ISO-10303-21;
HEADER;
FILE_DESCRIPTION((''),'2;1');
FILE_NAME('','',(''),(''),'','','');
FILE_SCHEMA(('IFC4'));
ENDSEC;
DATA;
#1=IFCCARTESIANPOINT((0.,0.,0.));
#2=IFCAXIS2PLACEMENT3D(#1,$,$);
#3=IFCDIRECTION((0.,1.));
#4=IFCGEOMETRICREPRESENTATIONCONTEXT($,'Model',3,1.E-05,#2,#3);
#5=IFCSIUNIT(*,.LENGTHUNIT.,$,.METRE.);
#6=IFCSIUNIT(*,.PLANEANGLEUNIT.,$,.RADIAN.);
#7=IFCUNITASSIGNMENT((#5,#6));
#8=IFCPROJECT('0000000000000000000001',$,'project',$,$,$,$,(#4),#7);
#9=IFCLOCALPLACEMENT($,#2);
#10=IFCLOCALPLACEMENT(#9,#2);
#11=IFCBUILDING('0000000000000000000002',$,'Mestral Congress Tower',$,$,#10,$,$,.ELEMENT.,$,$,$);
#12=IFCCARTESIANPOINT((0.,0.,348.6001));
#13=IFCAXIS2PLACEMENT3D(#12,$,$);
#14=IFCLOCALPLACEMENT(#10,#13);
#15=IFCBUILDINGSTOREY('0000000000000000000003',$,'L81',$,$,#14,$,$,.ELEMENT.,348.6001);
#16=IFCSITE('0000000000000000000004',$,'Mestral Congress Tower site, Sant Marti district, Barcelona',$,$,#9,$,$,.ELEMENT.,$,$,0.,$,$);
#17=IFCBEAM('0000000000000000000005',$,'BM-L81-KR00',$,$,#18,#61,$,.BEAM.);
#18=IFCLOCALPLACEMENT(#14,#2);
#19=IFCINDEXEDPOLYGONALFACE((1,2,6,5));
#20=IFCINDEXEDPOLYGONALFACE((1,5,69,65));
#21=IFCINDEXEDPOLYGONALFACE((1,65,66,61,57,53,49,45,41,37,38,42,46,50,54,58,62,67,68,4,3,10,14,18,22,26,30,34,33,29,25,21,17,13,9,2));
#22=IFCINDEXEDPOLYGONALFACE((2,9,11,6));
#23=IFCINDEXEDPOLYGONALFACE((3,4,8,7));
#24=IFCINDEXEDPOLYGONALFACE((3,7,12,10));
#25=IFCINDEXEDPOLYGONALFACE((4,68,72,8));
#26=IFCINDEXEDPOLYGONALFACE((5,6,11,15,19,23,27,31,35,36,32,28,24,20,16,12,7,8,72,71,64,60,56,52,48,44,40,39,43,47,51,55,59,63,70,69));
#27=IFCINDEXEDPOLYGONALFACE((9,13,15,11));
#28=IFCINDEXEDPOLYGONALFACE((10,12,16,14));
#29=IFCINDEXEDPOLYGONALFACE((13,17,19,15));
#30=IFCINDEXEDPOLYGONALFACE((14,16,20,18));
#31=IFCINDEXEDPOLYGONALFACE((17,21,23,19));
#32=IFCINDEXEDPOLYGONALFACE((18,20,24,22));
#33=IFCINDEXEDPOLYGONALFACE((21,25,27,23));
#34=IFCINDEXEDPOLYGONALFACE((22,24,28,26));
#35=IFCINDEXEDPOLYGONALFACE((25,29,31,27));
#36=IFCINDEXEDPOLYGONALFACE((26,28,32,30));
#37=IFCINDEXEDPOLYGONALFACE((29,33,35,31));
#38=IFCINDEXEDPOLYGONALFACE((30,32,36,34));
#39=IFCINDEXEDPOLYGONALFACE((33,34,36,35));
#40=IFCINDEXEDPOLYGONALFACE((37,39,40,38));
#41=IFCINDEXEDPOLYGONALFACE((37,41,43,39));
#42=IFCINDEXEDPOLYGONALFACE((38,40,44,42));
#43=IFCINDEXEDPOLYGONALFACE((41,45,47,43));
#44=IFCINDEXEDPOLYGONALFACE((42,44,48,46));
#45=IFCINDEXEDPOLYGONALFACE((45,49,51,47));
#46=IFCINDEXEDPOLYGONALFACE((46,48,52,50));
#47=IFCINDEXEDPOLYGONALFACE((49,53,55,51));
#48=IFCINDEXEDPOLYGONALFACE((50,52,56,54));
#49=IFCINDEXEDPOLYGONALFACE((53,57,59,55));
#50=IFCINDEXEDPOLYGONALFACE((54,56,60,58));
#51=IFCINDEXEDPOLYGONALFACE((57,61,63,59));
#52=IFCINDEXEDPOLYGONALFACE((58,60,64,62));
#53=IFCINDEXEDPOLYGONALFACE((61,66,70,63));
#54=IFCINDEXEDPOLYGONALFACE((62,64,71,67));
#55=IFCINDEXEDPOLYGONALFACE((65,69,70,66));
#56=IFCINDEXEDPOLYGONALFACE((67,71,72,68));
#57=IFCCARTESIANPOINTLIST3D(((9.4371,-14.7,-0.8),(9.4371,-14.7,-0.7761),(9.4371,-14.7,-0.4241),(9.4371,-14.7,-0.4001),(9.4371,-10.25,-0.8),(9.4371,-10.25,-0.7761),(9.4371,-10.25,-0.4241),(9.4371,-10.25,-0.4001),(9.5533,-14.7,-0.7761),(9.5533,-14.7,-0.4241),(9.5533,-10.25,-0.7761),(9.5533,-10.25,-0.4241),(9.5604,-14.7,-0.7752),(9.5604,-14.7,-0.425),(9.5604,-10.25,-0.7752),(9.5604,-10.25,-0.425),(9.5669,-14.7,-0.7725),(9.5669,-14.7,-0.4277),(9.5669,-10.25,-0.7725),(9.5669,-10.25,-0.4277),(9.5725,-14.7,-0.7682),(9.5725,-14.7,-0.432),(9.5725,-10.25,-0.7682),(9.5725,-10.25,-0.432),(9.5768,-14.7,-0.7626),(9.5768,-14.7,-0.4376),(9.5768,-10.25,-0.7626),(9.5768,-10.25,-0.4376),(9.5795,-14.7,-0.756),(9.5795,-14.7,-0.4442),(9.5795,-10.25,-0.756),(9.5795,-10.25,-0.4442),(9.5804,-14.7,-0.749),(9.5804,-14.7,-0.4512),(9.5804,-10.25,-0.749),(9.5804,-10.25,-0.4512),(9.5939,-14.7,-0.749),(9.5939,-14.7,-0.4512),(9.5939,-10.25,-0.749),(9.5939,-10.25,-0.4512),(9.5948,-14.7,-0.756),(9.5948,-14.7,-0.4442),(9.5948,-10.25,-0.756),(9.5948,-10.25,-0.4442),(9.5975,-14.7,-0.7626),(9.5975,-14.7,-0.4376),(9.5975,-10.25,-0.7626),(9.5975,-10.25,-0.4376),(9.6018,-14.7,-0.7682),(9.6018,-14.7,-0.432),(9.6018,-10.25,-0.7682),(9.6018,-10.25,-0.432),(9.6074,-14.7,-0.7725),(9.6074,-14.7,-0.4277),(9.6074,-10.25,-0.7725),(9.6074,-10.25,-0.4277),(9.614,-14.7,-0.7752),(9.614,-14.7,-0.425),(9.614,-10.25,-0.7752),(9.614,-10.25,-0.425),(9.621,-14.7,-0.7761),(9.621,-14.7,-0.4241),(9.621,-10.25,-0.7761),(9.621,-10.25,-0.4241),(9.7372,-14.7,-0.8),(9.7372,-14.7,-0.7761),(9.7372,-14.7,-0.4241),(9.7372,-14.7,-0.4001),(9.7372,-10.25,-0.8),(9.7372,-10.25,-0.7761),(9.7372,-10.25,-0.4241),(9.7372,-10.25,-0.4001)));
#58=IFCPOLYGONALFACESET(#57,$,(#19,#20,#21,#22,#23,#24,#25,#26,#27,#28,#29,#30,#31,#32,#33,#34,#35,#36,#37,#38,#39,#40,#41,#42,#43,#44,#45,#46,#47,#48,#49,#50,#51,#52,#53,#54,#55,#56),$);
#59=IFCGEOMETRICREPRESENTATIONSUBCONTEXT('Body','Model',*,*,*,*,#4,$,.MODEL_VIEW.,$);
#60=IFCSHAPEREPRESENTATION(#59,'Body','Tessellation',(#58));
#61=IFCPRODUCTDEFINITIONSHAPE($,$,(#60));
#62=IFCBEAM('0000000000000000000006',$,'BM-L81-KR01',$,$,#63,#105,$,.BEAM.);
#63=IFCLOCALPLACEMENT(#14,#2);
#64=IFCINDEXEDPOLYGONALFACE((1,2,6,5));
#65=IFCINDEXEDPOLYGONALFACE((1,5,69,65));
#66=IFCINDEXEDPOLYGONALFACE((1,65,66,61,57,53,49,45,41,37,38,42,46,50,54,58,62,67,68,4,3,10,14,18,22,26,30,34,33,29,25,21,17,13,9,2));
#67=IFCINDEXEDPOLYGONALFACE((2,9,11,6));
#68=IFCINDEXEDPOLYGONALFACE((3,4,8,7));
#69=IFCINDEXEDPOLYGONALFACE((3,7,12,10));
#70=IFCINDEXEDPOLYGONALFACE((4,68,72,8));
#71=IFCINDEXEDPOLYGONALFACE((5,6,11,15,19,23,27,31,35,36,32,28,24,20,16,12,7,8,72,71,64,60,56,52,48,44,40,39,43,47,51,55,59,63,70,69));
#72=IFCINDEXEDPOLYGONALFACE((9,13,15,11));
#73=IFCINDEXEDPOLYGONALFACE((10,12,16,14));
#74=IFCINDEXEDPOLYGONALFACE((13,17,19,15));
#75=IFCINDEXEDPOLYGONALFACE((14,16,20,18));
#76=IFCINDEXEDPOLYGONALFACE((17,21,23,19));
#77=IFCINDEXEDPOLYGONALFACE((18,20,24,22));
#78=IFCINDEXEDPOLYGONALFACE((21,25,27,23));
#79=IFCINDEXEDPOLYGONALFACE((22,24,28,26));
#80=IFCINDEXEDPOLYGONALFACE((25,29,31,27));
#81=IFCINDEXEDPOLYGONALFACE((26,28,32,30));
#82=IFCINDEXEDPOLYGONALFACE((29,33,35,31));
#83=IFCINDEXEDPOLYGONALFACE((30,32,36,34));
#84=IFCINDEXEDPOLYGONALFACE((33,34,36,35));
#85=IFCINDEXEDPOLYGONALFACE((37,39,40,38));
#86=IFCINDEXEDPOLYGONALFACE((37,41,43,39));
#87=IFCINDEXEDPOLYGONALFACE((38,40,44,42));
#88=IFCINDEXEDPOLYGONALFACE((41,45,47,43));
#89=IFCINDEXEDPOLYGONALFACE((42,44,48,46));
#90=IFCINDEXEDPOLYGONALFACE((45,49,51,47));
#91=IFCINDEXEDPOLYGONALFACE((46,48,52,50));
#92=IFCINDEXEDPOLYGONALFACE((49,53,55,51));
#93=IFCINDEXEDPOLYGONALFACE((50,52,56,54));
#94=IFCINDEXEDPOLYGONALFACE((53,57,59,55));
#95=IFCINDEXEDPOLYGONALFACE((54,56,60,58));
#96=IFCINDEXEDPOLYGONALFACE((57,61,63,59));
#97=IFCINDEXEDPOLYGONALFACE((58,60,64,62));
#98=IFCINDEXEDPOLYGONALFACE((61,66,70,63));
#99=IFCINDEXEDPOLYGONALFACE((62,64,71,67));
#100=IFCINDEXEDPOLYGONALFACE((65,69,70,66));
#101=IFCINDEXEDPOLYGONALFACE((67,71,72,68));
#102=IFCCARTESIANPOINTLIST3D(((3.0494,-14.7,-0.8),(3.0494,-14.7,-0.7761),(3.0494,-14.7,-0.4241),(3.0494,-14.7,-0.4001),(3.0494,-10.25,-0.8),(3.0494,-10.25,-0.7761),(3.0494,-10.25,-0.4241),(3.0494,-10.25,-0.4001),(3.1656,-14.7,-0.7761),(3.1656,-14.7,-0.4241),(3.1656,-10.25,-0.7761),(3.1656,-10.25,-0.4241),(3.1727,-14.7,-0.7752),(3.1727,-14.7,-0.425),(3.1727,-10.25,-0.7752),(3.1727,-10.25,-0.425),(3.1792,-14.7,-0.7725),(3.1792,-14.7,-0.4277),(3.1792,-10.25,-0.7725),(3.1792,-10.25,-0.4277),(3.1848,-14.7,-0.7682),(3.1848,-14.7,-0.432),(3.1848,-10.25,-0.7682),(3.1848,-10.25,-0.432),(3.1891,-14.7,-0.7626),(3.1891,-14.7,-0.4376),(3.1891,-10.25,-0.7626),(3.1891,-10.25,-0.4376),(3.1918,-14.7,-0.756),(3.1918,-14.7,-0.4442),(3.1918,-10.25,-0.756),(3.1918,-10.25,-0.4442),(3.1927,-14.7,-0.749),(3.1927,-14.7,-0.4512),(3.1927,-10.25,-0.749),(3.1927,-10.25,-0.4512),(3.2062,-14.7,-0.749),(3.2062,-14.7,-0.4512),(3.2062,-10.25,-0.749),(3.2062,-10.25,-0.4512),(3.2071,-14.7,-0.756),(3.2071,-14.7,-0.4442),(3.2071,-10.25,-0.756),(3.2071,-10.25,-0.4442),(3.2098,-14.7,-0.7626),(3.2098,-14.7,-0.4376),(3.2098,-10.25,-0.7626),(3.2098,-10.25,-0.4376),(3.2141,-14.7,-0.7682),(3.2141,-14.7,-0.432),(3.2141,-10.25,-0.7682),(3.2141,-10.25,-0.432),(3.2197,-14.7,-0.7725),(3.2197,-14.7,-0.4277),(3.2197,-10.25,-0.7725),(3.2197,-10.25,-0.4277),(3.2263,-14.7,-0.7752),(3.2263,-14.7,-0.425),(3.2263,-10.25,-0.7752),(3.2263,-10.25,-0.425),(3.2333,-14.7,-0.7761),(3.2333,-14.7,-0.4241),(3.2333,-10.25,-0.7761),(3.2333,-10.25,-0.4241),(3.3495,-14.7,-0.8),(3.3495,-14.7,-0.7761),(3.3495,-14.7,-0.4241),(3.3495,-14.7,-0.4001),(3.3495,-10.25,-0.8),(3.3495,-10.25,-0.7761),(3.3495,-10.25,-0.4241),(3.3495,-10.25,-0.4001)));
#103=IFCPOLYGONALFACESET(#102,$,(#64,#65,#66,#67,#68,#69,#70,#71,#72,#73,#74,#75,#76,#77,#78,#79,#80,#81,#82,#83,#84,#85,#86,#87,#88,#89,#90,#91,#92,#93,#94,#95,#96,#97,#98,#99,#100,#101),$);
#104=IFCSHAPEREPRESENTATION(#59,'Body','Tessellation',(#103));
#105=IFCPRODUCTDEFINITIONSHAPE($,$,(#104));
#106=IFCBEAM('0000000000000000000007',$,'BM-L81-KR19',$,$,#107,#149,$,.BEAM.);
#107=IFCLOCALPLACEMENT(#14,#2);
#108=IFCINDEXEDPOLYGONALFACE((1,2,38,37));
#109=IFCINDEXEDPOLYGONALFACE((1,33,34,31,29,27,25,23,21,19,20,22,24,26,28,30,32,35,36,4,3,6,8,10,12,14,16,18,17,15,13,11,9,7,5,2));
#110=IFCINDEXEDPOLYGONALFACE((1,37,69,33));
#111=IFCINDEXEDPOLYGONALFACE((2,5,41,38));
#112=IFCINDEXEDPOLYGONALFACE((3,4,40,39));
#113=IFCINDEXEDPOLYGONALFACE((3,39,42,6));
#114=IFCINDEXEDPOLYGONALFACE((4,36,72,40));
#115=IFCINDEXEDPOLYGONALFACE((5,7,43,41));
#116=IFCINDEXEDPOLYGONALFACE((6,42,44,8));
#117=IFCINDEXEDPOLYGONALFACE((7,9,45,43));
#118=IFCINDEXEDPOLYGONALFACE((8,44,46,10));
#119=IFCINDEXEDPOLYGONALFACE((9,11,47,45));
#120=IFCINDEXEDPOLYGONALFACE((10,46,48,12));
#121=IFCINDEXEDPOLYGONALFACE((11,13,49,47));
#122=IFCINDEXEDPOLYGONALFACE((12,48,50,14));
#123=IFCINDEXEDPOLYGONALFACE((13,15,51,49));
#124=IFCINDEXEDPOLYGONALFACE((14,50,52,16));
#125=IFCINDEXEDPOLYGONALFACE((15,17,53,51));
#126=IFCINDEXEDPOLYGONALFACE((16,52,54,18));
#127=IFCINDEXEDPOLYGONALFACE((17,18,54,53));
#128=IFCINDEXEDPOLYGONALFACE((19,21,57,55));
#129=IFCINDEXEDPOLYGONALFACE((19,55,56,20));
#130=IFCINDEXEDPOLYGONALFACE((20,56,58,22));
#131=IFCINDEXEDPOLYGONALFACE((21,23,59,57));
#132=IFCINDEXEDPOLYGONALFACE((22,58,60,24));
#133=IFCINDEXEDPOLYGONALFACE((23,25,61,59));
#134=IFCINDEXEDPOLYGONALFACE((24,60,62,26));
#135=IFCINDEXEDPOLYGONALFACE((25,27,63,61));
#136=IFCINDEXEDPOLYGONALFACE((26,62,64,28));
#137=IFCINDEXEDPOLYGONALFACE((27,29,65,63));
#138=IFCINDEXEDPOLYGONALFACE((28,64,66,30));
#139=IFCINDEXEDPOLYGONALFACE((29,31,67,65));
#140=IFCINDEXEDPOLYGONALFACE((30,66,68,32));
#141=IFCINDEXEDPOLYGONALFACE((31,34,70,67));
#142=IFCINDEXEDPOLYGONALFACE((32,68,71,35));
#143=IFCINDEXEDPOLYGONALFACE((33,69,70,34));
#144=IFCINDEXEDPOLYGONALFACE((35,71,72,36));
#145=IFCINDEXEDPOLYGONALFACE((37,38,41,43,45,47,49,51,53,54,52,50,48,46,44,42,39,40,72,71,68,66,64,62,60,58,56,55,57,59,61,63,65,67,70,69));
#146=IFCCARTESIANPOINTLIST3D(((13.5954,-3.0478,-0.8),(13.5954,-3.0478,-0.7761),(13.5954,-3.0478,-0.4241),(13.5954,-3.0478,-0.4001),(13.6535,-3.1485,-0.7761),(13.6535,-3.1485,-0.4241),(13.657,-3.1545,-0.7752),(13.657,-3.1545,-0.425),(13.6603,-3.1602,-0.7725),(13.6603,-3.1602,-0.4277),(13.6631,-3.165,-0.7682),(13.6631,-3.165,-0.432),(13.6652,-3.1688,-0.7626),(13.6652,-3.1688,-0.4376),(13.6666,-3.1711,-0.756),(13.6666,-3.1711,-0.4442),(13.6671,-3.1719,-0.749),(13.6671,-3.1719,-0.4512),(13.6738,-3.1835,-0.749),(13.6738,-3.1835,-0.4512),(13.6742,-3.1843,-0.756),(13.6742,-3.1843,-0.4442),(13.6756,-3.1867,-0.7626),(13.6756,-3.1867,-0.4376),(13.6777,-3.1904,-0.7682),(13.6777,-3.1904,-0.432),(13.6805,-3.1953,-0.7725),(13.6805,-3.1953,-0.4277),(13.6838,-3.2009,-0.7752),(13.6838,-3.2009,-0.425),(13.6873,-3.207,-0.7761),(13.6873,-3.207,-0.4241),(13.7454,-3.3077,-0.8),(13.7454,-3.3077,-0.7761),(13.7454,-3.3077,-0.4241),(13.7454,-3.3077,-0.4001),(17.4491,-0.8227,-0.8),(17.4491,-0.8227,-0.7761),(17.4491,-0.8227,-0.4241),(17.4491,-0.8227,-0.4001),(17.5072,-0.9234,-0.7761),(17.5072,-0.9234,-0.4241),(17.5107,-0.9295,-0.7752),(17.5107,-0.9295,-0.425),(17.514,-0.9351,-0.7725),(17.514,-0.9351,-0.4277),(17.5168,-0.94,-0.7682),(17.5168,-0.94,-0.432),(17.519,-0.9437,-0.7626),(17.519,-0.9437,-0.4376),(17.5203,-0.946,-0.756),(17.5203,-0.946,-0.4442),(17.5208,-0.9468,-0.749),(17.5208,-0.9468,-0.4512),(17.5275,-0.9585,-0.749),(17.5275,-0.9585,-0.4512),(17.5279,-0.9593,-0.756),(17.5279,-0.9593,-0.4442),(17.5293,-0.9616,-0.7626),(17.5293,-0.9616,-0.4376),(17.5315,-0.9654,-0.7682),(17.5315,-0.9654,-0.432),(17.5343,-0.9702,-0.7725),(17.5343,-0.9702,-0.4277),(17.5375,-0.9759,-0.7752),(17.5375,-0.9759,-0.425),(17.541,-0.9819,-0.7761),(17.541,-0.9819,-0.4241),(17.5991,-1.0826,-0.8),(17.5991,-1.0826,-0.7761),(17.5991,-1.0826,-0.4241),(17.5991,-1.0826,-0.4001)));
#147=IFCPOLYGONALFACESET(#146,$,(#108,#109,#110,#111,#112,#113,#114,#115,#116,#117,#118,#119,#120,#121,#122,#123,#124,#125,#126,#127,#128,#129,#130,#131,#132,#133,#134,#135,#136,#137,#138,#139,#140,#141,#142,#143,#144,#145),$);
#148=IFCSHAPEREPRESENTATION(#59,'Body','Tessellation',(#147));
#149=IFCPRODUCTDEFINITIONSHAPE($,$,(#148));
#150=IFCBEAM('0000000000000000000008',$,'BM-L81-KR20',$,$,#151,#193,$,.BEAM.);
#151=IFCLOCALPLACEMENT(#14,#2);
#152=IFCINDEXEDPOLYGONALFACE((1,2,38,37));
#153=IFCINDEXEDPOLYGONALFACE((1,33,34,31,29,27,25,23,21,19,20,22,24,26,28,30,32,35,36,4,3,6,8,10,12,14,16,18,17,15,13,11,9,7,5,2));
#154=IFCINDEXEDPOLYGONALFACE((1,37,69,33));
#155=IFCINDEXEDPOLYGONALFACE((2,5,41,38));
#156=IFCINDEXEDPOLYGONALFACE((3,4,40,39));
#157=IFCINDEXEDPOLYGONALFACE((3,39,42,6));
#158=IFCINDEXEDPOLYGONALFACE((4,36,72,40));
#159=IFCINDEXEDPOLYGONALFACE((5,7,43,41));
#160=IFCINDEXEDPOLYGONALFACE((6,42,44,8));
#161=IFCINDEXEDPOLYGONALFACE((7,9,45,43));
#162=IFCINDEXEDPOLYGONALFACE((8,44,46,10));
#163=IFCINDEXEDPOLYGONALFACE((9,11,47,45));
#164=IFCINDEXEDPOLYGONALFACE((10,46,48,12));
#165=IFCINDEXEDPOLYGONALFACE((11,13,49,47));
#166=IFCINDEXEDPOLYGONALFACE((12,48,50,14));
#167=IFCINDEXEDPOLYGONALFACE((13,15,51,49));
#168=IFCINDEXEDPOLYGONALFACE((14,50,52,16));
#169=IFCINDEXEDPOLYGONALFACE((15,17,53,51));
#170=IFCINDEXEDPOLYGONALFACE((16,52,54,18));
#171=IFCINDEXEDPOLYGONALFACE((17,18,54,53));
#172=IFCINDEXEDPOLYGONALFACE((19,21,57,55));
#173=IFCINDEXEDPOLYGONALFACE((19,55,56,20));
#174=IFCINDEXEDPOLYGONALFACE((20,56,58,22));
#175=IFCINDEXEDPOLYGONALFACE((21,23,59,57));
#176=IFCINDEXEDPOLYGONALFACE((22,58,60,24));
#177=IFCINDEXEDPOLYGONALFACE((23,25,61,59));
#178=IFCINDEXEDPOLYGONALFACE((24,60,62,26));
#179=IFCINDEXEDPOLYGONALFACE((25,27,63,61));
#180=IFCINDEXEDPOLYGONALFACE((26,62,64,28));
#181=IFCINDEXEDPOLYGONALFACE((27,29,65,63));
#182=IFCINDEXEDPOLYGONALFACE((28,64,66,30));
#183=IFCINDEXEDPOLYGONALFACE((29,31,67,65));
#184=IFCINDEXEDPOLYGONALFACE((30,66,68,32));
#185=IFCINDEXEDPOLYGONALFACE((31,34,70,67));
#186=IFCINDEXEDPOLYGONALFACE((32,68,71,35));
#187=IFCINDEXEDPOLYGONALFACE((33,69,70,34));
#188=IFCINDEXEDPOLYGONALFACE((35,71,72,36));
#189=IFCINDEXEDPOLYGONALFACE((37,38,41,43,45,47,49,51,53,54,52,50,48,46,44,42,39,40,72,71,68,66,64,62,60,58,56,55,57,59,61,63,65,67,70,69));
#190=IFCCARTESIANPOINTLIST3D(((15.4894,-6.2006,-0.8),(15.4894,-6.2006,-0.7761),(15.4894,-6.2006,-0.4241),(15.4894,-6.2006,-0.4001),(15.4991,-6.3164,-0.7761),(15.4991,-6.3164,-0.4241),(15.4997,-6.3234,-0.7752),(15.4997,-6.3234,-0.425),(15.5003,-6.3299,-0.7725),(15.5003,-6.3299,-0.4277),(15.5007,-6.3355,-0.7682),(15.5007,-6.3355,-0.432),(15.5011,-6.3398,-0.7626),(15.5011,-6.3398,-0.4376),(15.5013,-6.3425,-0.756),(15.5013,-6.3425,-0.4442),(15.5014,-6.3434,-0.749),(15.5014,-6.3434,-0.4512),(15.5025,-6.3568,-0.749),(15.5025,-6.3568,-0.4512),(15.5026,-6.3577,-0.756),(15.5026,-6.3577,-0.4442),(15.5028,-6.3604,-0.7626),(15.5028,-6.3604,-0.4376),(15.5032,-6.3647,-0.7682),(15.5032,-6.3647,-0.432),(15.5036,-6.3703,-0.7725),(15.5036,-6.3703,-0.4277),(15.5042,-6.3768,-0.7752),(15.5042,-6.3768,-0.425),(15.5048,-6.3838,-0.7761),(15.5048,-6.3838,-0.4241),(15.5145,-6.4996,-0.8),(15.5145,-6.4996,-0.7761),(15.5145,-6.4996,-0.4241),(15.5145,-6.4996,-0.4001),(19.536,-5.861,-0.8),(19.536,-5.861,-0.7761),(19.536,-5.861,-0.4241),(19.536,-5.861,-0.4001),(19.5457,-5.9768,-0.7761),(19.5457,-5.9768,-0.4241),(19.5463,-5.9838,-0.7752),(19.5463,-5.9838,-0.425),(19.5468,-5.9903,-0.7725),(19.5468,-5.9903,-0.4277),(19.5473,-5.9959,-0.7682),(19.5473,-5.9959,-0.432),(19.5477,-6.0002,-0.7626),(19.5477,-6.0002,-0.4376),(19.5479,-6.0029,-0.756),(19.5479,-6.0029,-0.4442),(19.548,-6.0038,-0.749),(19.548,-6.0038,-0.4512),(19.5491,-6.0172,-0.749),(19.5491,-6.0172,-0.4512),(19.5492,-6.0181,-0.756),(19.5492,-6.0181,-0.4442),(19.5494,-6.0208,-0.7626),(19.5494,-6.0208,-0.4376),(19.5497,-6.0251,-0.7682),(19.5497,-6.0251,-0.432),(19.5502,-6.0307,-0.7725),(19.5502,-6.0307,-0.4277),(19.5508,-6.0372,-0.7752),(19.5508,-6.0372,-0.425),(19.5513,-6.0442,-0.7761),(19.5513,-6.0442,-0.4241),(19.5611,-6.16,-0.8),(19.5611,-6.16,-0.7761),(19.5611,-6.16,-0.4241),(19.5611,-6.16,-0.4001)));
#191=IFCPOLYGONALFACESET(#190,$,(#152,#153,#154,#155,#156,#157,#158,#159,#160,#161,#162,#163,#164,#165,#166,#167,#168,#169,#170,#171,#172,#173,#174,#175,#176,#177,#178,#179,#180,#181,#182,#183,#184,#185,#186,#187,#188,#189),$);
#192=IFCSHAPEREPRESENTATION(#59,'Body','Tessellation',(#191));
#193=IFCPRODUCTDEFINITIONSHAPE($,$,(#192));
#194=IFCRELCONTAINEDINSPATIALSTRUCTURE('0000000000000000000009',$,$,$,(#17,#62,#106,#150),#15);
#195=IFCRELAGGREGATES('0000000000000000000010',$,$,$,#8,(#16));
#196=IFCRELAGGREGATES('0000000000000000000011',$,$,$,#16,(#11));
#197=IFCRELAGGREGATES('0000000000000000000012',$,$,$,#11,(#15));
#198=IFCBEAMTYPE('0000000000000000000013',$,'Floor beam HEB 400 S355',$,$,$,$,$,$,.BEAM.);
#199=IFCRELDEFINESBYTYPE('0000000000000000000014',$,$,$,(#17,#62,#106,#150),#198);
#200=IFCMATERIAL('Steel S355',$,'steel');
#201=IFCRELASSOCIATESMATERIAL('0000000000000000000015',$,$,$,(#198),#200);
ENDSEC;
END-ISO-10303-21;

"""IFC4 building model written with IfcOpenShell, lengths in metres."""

from ifc_helpers import new_model, si_unit, direction, frame, origin, origin_2d, place, context, subcontext, project, spatial, i_section, extrude, material, material_profile, profile_set, type_object, element, save


model = new_model("IFC4")

# Units and contexts
model_context = context("Model", 3, precision=1e-05, world=origin(), true_north=direction((0.0, 1.0)))
body_context = subcontext(model_context, "Body", "Model", "MODEL_VIEW")
ifc_project = project(units=[si_unit("LENGTHUNIT", "METRE"), si_unit("PLANEANGLEUNIT", "RADIAN")], contexts=[model_context])

# Site, building, storey
site_placement = place(None, origin())
site = spatial("IfcSite", under=ifc_project, at=site_placement, Name="Mestral Congress Tower site, Sant Marti district, Barcelona", CompositionType="ELEMENT", RefElevation=0.0)
building_placement = place(site_placement, origin())
building = spatial("IfcBuilding", under=site, at=building_placement, Name="Mestral Congress Tower", CompositionType="ELEMENT")
storey_placement = place(building_placement, frame((0.0, 0.0, 348.6001)))
storey = spatial("IfcBuildingStorey", under=building, at=storey_placement, Name="L81", CompositionType="ELEMENT", Elevation=348.6001)

# Beams
ifc_material_1 = material(Name="Steel S355", Category="steel")
ifc_material_profile_1 = material_profile(ifc_material_1, i_section(OverallWidth=0.3, OverallDepth=0.3999, WebThickness=0.0134, FlangeThickness=0.0239, FilletRadius=0.0271, at=origin_2d()), Name="HEB 400")
ifc_profile_set_1 = profile_set([ifc_material_profile_1], Name="Steel S355")
beam_type_1 = type_object("IfcBeamType", Name="Floor beam HEB 400 S355", PredefinedType="BEAM", material=ifc_profile_set_1)
for number, where, z_axis, x_axis, name in (
    (1, (9.5872, -10.25, -0.6001), (0.0, -1.0, 0.0), (1.0, 0.0, 0.0), "BM-L81-KR00"),
    (2, (3.1995, -10.25, -0.6001), (0.0, -1.0, 0.0), (1.0, 0.0, 0.0), "BM-L81-KR01"),
    (3, (13.6704, -3.1777, -0.6001), (0.866013, 0.500022, 0.0), (-0.500022, 0.866013, 0.0), "BM-L81-KR19"),
):
    element("IfcBeam", number, at=place(storey_placement, frame(where, z_axis=z_axis, x_axis=x_axis)), inside=storey, type_object=beam_type_1, Name=name, PredefinedType="BEAM", context=body_context, shape_type="SweptSolid", body=[
        extrude(i_section(OverallWidth=0.3, OverallDepth=0.3999, WebThickness=0.0134, FlangeThickness=0.0239, FilletRadius=0.0271, at=origin_2d()), origin(), (0.0, 0.0, 1.0), 4.45),
    ])
beam_1_placement = place(storey_placement, frame((15.502, -6.3501, -0.6001), z_axis=(0.996497, 0.083628, 0.0), x_axis=(-0.083628, 0.996497, 0.0)))
element("IfcBeam", 4, at=beam_1_placement, inside=storey, type_object=beam_type_1, Name="BM-L81-KR20", PredefinedType="BEAM", context=body_context, shape_type="SweptSolid", body=[
    extrude(i_section(OverallWidth=0.3, OverallDepth=0.3999, WebThickness=0.0134, FlangeThickness=0.0239, FilletRadius=0.0271, at=origin_2d()), origin(), (0.0, 0.0, 1.0), 4.0608),
])

save(model, "model.ifc")
